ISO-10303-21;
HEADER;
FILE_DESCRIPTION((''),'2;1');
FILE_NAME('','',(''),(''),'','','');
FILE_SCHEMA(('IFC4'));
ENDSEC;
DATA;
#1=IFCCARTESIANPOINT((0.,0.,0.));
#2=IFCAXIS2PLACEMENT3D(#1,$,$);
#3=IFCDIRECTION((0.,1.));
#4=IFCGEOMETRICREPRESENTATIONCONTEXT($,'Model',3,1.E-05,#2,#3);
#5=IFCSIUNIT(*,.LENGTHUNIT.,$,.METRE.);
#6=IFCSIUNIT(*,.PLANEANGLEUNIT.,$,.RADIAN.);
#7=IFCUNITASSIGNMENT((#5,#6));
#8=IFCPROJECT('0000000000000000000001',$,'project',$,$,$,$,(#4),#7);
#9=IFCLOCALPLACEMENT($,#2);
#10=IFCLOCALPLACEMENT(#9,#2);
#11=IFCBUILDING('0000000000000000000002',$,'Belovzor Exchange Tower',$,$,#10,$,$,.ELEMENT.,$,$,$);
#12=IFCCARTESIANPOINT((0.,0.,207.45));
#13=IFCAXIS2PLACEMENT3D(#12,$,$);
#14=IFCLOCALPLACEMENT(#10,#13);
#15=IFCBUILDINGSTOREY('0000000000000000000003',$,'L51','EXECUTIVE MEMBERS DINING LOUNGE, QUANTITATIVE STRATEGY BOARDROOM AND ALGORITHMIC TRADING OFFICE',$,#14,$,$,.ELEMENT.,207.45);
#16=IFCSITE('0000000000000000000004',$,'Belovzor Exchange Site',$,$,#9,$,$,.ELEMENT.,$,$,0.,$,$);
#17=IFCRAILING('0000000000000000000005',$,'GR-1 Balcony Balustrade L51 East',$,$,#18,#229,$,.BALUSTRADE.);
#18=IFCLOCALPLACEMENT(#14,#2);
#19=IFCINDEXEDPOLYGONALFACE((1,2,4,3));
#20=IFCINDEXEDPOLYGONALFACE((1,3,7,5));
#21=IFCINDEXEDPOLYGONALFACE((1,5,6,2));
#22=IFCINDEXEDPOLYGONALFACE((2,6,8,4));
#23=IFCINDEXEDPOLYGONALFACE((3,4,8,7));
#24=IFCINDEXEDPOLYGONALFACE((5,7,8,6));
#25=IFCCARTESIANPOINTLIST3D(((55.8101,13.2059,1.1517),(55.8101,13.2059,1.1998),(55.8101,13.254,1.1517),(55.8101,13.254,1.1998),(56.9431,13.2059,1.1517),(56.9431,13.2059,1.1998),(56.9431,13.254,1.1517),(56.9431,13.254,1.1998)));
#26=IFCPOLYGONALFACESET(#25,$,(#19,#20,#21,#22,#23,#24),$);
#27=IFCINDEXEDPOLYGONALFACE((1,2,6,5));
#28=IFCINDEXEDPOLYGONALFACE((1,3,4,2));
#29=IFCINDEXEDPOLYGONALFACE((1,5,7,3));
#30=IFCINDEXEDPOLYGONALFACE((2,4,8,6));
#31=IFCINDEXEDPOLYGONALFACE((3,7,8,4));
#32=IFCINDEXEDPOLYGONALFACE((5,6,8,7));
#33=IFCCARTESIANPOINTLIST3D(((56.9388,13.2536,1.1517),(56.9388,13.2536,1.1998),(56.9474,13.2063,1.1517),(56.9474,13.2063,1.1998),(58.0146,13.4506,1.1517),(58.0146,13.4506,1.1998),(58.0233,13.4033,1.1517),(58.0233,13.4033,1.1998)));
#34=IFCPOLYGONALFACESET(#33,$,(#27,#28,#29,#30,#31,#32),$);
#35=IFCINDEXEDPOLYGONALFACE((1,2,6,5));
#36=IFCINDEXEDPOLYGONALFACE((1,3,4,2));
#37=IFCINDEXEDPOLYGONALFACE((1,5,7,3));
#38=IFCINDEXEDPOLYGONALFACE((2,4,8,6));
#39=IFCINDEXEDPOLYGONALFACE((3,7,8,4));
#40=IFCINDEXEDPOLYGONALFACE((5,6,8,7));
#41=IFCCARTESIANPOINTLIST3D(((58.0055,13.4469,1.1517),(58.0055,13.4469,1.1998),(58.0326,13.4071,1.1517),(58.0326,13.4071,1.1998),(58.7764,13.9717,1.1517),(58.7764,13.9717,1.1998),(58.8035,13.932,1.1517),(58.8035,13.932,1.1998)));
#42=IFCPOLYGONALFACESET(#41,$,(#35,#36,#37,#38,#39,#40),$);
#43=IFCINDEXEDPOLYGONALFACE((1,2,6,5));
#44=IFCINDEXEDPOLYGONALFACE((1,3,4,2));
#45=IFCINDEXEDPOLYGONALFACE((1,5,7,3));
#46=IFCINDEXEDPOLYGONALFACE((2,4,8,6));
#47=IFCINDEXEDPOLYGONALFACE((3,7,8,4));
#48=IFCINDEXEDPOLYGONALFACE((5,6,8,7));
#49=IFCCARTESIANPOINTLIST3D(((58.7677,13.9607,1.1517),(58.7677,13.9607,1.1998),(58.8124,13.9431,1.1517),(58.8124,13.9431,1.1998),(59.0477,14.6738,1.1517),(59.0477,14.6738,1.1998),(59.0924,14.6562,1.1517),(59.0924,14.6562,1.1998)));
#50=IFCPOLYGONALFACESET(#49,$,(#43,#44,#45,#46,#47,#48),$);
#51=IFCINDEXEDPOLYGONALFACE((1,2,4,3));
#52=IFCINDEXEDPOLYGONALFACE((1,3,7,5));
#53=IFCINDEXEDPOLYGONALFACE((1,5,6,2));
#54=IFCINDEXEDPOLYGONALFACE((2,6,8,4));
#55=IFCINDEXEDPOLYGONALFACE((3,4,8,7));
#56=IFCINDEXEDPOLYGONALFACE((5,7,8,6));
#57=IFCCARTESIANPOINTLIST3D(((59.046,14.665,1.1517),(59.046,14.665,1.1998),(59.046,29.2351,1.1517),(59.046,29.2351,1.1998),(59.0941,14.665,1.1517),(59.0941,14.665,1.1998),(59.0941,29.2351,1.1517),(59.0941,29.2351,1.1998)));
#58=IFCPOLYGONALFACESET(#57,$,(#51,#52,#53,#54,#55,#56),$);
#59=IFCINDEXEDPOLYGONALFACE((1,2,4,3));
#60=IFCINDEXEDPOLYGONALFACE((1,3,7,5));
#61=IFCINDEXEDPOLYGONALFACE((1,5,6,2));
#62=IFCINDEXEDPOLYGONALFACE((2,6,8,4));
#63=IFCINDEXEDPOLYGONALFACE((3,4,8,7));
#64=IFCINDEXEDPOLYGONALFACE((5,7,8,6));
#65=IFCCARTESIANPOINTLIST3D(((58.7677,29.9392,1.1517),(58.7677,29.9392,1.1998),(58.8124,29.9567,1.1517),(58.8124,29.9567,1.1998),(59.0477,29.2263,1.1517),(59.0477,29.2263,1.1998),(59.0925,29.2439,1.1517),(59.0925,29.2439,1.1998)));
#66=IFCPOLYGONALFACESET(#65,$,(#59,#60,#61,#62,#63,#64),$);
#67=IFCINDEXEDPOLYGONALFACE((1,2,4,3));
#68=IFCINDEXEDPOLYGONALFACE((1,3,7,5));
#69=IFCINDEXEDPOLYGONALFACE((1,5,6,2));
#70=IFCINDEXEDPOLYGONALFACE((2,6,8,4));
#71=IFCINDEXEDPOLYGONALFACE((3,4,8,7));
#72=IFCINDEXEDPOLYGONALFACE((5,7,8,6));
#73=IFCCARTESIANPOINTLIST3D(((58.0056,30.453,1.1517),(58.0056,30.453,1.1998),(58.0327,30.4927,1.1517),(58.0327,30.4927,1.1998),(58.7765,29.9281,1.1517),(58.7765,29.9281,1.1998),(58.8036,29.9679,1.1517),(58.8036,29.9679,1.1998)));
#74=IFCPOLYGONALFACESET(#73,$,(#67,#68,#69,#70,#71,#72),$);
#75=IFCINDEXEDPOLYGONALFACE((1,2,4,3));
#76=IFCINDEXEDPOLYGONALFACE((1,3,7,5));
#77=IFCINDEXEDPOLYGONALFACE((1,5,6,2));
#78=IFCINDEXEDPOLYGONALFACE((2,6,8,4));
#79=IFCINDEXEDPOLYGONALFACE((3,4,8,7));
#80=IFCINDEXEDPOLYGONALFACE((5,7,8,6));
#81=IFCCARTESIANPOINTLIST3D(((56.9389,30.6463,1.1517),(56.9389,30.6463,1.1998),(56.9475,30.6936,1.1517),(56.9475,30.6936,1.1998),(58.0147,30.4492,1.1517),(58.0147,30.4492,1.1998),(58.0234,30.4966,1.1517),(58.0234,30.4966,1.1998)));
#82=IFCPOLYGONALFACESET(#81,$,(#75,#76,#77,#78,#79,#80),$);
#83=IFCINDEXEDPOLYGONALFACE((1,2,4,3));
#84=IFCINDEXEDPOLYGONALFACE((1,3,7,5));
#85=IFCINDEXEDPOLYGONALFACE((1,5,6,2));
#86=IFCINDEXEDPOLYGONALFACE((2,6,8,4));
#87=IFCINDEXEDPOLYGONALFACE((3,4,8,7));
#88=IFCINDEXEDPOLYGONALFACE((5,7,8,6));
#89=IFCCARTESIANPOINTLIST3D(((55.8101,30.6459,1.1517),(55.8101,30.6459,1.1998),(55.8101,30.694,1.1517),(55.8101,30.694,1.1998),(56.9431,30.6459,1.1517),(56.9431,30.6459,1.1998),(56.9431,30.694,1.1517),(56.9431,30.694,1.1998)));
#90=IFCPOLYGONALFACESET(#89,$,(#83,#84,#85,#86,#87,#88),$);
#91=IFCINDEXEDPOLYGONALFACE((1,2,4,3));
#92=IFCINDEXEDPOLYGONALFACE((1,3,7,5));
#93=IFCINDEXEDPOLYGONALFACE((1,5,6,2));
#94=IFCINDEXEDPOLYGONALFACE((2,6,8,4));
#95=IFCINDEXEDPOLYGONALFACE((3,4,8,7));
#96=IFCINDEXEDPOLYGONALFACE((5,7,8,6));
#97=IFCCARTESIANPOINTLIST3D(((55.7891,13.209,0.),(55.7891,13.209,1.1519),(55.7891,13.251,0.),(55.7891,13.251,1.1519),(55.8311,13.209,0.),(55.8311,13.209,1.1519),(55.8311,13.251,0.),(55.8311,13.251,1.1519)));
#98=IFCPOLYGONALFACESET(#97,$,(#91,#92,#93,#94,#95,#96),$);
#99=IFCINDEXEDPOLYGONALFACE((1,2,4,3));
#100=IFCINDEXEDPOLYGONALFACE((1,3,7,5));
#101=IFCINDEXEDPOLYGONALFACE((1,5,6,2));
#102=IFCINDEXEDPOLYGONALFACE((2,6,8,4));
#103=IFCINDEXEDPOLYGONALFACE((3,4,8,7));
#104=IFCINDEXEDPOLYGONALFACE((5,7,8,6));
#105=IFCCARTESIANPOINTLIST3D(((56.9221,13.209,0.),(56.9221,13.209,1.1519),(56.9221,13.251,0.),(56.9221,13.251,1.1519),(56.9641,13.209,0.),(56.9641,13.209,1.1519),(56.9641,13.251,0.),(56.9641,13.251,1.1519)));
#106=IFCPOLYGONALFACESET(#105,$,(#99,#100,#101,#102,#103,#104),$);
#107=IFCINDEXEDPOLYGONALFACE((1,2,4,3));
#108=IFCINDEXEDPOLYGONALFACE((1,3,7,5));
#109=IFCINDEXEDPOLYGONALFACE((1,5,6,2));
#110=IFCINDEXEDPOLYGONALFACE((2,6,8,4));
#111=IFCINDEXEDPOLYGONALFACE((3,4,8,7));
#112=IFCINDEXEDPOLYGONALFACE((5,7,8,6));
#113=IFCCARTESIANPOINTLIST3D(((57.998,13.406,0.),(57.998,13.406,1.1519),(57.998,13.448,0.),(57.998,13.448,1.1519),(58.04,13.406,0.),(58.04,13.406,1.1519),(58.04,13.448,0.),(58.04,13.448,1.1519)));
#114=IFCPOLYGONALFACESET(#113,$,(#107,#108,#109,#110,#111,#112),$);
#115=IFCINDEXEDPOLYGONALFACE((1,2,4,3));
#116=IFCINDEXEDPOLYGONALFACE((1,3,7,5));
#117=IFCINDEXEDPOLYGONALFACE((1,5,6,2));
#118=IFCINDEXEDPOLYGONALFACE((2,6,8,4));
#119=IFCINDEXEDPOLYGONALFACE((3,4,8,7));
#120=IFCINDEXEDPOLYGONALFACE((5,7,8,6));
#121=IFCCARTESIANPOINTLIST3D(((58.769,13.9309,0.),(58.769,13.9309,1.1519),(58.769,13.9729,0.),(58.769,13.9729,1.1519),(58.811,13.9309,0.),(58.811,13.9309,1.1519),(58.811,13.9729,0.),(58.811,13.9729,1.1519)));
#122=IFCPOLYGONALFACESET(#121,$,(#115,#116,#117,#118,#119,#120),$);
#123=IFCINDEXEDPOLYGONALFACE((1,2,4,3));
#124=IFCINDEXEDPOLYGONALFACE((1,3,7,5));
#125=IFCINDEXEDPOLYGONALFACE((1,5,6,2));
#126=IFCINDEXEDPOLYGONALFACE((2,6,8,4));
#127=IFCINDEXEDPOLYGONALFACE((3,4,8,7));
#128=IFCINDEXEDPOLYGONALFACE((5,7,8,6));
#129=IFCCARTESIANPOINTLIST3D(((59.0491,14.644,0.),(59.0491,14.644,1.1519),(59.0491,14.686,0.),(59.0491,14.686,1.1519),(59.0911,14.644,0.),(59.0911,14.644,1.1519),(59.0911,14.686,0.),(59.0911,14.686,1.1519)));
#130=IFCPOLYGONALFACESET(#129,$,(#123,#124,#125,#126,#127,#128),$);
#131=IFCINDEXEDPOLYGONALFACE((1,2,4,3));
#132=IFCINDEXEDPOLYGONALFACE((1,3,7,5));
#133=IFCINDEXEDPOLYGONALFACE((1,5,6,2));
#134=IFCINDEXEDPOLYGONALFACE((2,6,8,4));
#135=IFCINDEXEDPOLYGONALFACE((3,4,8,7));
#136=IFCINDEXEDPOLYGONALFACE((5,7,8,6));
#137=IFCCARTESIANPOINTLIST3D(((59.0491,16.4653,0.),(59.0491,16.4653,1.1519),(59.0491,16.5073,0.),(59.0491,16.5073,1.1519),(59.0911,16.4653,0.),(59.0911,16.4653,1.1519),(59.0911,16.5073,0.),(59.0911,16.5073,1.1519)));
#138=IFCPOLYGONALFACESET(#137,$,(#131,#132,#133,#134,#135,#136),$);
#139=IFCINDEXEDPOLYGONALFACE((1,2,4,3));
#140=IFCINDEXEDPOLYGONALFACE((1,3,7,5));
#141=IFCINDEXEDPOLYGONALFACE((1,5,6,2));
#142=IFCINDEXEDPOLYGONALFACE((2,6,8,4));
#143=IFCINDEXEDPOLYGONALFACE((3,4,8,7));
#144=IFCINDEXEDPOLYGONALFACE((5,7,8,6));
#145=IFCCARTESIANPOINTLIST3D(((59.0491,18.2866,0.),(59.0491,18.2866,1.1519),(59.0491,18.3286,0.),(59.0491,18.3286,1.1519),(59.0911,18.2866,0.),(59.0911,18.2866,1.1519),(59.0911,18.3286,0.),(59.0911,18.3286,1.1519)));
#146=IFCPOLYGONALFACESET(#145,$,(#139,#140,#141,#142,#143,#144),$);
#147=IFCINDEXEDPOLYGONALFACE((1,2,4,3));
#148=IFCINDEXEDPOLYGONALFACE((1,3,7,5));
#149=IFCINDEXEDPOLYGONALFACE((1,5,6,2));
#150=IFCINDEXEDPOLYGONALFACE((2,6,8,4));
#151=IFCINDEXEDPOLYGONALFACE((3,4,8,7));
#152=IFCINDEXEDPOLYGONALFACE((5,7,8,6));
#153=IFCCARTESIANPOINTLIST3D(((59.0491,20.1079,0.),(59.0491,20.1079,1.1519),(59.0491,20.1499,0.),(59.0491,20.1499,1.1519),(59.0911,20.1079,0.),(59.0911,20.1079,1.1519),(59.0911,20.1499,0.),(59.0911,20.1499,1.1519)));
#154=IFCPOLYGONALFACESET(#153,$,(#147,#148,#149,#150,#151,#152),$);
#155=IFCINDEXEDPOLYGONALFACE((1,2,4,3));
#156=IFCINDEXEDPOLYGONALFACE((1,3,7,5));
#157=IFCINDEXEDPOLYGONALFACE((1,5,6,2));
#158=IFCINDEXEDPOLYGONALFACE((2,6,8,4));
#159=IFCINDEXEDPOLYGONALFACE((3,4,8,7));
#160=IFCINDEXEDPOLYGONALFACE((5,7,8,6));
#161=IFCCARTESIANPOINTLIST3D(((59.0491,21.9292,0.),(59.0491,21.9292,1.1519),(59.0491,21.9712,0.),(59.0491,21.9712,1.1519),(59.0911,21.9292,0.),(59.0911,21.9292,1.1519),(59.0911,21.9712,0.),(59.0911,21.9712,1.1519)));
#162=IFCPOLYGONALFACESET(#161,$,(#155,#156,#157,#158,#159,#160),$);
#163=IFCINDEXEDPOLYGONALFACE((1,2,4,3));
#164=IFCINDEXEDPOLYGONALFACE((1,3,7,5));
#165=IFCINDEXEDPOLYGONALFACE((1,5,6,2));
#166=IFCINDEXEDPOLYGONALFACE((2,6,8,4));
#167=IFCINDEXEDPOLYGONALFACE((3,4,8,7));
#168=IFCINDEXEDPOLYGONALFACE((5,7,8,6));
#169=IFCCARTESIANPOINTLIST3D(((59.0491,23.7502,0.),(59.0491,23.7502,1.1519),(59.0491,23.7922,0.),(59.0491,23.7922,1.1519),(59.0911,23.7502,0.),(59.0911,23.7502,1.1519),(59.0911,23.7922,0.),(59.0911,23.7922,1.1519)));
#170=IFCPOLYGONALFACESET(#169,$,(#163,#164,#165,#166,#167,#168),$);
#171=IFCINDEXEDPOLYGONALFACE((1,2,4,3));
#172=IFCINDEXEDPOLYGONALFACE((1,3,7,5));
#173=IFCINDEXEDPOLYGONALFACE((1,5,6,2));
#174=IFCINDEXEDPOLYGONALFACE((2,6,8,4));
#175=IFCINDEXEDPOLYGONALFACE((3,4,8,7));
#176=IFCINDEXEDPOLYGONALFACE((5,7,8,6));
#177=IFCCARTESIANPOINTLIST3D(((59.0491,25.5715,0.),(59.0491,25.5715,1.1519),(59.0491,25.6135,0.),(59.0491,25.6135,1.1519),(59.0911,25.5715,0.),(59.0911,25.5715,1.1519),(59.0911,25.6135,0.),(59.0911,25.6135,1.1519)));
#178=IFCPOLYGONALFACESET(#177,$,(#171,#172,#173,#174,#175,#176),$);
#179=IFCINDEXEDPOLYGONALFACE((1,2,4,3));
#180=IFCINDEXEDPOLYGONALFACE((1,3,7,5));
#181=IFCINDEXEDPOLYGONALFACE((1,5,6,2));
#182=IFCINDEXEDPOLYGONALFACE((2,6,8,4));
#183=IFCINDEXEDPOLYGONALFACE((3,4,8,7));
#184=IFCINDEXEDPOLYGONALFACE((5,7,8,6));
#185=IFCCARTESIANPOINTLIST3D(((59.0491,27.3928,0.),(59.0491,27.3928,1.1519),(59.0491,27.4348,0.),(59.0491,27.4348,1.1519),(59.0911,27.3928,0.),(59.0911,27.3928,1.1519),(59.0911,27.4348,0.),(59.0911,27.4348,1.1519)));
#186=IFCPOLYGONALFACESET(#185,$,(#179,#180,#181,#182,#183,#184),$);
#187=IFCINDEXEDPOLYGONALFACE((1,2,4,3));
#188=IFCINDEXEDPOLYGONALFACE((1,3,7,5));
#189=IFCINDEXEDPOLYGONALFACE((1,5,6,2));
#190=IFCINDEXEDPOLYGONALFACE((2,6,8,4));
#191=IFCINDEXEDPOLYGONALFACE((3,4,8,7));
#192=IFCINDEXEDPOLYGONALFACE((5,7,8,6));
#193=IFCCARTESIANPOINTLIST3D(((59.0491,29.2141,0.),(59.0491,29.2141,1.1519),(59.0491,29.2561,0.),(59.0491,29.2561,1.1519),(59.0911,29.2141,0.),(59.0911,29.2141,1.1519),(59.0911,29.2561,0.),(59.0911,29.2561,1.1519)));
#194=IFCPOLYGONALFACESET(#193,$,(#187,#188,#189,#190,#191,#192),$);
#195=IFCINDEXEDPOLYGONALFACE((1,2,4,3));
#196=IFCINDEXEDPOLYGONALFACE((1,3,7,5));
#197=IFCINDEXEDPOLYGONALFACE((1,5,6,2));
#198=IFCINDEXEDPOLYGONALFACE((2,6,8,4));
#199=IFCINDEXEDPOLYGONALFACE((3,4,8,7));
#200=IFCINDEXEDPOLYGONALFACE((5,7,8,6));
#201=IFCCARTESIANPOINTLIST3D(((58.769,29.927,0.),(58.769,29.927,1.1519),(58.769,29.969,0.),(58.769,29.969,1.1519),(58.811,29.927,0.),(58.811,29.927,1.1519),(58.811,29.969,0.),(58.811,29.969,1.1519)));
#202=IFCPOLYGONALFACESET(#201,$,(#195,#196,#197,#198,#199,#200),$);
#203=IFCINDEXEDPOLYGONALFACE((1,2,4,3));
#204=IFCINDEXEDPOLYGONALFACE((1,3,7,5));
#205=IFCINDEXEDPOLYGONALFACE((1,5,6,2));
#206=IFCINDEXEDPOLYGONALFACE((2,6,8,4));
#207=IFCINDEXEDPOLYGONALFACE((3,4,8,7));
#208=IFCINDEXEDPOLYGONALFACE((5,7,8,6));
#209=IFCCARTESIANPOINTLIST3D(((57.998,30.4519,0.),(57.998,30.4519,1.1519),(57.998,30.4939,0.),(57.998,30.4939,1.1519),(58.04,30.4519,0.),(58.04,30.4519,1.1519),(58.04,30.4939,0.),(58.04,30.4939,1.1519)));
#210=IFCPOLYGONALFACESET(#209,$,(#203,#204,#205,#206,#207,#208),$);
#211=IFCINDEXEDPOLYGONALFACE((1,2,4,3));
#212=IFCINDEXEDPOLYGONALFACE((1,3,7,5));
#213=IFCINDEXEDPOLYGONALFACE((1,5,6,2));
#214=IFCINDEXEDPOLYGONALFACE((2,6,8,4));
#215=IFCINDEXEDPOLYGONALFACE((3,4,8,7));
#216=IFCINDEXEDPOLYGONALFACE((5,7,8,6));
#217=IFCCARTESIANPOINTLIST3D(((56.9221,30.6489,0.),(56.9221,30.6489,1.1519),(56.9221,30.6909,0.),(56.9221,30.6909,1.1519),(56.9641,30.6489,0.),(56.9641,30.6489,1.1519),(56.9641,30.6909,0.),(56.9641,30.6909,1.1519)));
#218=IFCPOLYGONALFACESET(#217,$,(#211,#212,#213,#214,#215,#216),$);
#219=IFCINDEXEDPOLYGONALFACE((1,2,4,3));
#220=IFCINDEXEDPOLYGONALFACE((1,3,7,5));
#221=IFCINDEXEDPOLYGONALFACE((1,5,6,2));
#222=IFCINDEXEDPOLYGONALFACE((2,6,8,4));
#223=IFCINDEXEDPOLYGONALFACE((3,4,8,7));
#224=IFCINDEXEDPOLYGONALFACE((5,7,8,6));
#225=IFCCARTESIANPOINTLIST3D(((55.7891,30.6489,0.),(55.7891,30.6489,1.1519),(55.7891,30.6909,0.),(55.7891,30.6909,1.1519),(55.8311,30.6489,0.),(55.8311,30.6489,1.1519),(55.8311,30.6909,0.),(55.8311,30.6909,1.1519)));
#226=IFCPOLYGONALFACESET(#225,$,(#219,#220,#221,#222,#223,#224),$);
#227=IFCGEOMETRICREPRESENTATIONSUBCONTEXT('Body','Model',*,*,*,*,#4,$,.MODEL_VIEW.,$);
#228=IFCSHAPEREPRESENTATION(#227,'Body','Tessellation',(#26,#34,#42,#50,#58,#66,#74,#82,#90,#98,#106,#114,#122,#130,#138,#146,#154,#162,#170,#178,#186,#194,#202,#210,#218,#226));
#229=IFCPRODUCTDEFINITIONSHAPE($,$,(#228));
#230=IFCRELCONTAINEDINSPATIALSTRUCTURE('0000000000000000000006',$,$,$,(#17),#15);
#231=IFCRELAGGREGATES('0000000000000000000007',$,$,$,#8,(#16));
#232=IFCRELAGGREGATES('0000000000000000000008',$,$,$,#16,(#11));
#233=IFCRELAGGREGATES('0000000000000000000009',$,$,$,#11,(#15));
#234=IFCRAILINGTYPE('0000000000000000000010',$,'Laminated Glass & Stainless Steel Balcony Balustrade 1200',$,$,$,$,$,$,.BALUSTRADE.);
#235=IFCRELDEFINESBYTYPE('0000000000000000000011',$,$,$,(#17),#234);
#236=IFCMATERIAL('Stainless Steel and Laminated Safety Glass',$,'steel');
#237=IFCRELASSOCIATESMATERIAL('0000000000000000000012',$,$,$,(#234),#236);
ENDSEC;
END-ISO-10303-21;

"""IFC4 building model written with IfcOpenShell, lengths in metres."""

from ifc_helpers import new_model, si_unit, direction, frame, origin, origin_2d, place, context, subcontext, project, spatial, rectangle, extrude, material, type_object, element, save


model = new_model("IFC4")

# Units and contexts
model_context = context("Model", 3, precision=1e-05, world=origin(), true_north=direction((0.0, 1.0)))
body_context = subcontext(model_context, "Body", "Model", "MODEL_VIEW")
ifc_project = project(units=[si_unit("LENGTHUNIT", "METRE"), si_unit("PLANEANGLEUNIT", "RADIAN")], contexts=[model_context])

# Site, building, storey
site_placement = place(None, origin())
site = spatial("IfcSite", under=ifc_project, at=site_placement, Name="Belovzor Exchange Site", CompositionType="ELEMENT", RefElevation=0.0)
building_placement = place(site_placement, origin())
building = spatial("IfcBuilding", under=site, at=building_placement, Name="Belovzor Exchange Tower", CompositionType="ELEMENT")
storey_placement = place(building_placement, frame((0.0, 0.0, 207.45)))
storey = spatial("IfcBuildingStorey", under=building, at=storey_placement, Name="L51", Description="EXECUTIVE MEMBERS DINING LOUNGE, QUANTITATIVE STRATEGY BOARDROOM AND ALGORITHMIC TRADING OFFICE", CompositionType="ELEMENT", Elevation=207.45)

# Railing
ifc_material_1 = material(Name="Stainless Steel and Laminated Safety Glass", Category="steel")
railing_type = type_object("IfcRailingType", Name="Laminated Glass & Stainless Steel Balcony Balustrade 1200", PredefinedType="BALUSTRADE", material=ifc_material_1)
railing_placement = place(storey_placement, frame((55.8101, 13.23, 0.0)))
element("IfcRailing", 1, at=railing_placement, inside=storey, type_object=railing_type, Name="GR-1 Balcony Balustrade L51 East", PredefinedType="BALUSTRADE", context=body_context, shape_type="SweptSolid", body=[
    extrude(rectangle(XDim=0.0481, YDim=0.0481, at=origin_2d()), frame((0.0, 0.0, 1.1758), z_axis=(1.0, 0.0, 0.0), x_axis=(0.0, 1.0, 0.0)), (0.0, 0.0, 1.0), 1.1331),
    extrude(rectangle(XDim=0.0481, YDim=0.0481, at=origin_2d()), frame((1.1331, 0.0, 1.1758), z_axis=(0.983644, 0.180123, 0.0), x_axis=(-0.180123, 0.983644, 0.0)), (0.0, 0.0, 1.0), 1.0938),
    extrude(rectangle(XDim=0.0481, YDim=0.0481, at=origin_2d()), frame((2.209, 0.197, 1.1758), z_axis=(0.826615, 0.562768, 0.0), x_axis=(-0.562768, 0.826615, 0.0)), (0.0, 0.0, 1.0), 0.9326),
    extrude(rectangle(XDim=0.0481, YDim=0.0481, at=origin_2d()), frame((2.98, 0.7219, 1.1758), z_axis=(0.365504, 0.93081, 0.0), x_axis=(-0.93081, 0.365504, 0.0)), (0.0, 0.0, 1.0), 0.7661),
    extrude(rectangle(XDim=0.0481, YDim=0.0481, at=origin_2d()), frame((3.26, 1.4351, 1.1758), z_axis=(0.0, 1.0, 0.0), x_axis=(-1.0, 0.0, 0.0)), (0.0, 0.0, 1.0), 14.5701),
    extrude(rectangle(XDim=0.0481, YDim=0.0481, at=origin_2d()), frame((3.26, 16.0051, 1.1758), z_axis=(-0.365613, 0.930767, 0.0), x_axis=(-0.930767, -0.365613, 0.0)), (0.0, 0.0, 1.0), 0.7659),
    extrude(rectangle(XDim=0.0481, YDim=0.0481, at=origin_2d()), frame((2.98, 16.718, 1.1758), z_axis=(-0.826615, 0.562768, 0.0), x_axis=(-0.562768, -0.826615, 0.0)), (0.0, 0.0, 1.0), 0.9326),
    extrude(rectangle(XDim=0.0481, YDim=0.0481, at=origin_2d()), frame((2.209, 17.2429, 1.1758), z_axis=(-0.983644, 0.180123, 0.0), x_axis=(-0.180123, -0.983644, 0.0)), (0.0, 0.0, 1.0), 1.0938),
    extrude(rectangle(XDim=0.0481, YDim=0.0481, at=origin_2d()), frame((1.1331, 17.4399, 1.1758), z_axis=(-1.0, 0.0, 0.0), x_axis=(0.0, -1.0, 0.0)), (0.0, 0.0, 1.0), 1.1331),
    extrude(rectangle(XDim=0.042, YDim=0.042, at=origin_2d()), origin(), (0.0, 0.0, 1.0), 1.1519),
    extrude(rectangle(XDim=0.042, YDim=0.042, at=origin_2d()), frame((1.1331, 0.0, 0.0)), (0.0, 0.0, 1.0), 1.1519),
    extrude(rectangle(XDim=0.042, YDim=0.042, at=origin_2d()), frame((2.209, 0.197, 0.0)), (0.0, 0.0, 1.0), 1.1519),
    extrude(rectangle(XDim=0.042, YDim=0.042, at=origin_2d()), frame((2.98, 0.7219, 0.0)), (0.0, 0.0, 1.0), 1.1519),
    extrude(rectangle(XDim=0.042, YDim=0.042, at=origin_2d()), frame((3.26, 1.4351, 0.0)), (0.0, 0.0, 1.0), 1.1519),
    extrude(rectangle(XDim=0.042, YDim=0.042, at=origin_2d()), frame((3.26, 3.2563, 0.0)), (0.0, 0.0, 1.0), 1.1519),
    extrude(rectangle(XDim=0.042, YDim=0.042, at=origin_2d()), frame((3.26, 5.0776, 0.0)), (0.0, 0.0, 1.0), 1.1519),
    extrude(rectangle(XDim=0.042, YDim=0.042, at=origin_2d()), frame((3.26, 6.8989, 0.0)), (0.0, 0.0, 1.0), 1.1519),
    extrude(rectangle(XDim=0.042, YDim=0.042, at=origin_2d()), frame((3.26, 8.7202, 0.0)), (0.0, 0.0, 1.0), 1.1519),
    extrude(rectangle(XDim=0.042, YDim=0.042, at=origin_2d()), frame((3.26, 10.5413, 0.0)), (0.0, 0.0, 1.0), 1.1519),
    extrude(rectangle(XDim=0.042, YDim=0.042, at=origin_2d()), frame((3.26, 12.3625, 0.0)), (0.0, 0.0, 1.0), 1.1519),
    extrude(rectangle(XDim=0.042, YDim=0.042, at=origin_2d()), frame((3.26, 14.1838, 0.0)), (0.0, 0.0, 1.0), 1.1519),
    extrude(rectangle(XDim=0.042, YDim=0.042, at=origin_2d()), frame((3.26, 16.0051, 0.0)), (0.0, 0.0, 1.0), 1.1519),
    extrude(rectangle(XDim=0.042, YDim=0.042, at=origin_2d()), frame((2.98, 16.718, 0.0)), (0.0, 0.0, 1.0), 1.1519),
    extrude(rectangle(XDim=0.042, YDim=0.042, at=origin_2d()), frame((2.209, 17.2429, 0.0)), (0.0, 0.0, 1.0), 1.1519),
    extrude(rectangle(XDim=0.042, YDim=0.042, at=origin_2d()), frame((1.1331, 17.4399, 0.0)), (0.0, 0.0, 1.0), 1.1519),
    extrude(rectangle(XDim=0.042, YDim=0.042, at=origin_2d()), frame((0.0, 17.4399, 0.0)), (0.0, 0.0, 1.0), 1.1519),
])

save(model, "model.ifc")
